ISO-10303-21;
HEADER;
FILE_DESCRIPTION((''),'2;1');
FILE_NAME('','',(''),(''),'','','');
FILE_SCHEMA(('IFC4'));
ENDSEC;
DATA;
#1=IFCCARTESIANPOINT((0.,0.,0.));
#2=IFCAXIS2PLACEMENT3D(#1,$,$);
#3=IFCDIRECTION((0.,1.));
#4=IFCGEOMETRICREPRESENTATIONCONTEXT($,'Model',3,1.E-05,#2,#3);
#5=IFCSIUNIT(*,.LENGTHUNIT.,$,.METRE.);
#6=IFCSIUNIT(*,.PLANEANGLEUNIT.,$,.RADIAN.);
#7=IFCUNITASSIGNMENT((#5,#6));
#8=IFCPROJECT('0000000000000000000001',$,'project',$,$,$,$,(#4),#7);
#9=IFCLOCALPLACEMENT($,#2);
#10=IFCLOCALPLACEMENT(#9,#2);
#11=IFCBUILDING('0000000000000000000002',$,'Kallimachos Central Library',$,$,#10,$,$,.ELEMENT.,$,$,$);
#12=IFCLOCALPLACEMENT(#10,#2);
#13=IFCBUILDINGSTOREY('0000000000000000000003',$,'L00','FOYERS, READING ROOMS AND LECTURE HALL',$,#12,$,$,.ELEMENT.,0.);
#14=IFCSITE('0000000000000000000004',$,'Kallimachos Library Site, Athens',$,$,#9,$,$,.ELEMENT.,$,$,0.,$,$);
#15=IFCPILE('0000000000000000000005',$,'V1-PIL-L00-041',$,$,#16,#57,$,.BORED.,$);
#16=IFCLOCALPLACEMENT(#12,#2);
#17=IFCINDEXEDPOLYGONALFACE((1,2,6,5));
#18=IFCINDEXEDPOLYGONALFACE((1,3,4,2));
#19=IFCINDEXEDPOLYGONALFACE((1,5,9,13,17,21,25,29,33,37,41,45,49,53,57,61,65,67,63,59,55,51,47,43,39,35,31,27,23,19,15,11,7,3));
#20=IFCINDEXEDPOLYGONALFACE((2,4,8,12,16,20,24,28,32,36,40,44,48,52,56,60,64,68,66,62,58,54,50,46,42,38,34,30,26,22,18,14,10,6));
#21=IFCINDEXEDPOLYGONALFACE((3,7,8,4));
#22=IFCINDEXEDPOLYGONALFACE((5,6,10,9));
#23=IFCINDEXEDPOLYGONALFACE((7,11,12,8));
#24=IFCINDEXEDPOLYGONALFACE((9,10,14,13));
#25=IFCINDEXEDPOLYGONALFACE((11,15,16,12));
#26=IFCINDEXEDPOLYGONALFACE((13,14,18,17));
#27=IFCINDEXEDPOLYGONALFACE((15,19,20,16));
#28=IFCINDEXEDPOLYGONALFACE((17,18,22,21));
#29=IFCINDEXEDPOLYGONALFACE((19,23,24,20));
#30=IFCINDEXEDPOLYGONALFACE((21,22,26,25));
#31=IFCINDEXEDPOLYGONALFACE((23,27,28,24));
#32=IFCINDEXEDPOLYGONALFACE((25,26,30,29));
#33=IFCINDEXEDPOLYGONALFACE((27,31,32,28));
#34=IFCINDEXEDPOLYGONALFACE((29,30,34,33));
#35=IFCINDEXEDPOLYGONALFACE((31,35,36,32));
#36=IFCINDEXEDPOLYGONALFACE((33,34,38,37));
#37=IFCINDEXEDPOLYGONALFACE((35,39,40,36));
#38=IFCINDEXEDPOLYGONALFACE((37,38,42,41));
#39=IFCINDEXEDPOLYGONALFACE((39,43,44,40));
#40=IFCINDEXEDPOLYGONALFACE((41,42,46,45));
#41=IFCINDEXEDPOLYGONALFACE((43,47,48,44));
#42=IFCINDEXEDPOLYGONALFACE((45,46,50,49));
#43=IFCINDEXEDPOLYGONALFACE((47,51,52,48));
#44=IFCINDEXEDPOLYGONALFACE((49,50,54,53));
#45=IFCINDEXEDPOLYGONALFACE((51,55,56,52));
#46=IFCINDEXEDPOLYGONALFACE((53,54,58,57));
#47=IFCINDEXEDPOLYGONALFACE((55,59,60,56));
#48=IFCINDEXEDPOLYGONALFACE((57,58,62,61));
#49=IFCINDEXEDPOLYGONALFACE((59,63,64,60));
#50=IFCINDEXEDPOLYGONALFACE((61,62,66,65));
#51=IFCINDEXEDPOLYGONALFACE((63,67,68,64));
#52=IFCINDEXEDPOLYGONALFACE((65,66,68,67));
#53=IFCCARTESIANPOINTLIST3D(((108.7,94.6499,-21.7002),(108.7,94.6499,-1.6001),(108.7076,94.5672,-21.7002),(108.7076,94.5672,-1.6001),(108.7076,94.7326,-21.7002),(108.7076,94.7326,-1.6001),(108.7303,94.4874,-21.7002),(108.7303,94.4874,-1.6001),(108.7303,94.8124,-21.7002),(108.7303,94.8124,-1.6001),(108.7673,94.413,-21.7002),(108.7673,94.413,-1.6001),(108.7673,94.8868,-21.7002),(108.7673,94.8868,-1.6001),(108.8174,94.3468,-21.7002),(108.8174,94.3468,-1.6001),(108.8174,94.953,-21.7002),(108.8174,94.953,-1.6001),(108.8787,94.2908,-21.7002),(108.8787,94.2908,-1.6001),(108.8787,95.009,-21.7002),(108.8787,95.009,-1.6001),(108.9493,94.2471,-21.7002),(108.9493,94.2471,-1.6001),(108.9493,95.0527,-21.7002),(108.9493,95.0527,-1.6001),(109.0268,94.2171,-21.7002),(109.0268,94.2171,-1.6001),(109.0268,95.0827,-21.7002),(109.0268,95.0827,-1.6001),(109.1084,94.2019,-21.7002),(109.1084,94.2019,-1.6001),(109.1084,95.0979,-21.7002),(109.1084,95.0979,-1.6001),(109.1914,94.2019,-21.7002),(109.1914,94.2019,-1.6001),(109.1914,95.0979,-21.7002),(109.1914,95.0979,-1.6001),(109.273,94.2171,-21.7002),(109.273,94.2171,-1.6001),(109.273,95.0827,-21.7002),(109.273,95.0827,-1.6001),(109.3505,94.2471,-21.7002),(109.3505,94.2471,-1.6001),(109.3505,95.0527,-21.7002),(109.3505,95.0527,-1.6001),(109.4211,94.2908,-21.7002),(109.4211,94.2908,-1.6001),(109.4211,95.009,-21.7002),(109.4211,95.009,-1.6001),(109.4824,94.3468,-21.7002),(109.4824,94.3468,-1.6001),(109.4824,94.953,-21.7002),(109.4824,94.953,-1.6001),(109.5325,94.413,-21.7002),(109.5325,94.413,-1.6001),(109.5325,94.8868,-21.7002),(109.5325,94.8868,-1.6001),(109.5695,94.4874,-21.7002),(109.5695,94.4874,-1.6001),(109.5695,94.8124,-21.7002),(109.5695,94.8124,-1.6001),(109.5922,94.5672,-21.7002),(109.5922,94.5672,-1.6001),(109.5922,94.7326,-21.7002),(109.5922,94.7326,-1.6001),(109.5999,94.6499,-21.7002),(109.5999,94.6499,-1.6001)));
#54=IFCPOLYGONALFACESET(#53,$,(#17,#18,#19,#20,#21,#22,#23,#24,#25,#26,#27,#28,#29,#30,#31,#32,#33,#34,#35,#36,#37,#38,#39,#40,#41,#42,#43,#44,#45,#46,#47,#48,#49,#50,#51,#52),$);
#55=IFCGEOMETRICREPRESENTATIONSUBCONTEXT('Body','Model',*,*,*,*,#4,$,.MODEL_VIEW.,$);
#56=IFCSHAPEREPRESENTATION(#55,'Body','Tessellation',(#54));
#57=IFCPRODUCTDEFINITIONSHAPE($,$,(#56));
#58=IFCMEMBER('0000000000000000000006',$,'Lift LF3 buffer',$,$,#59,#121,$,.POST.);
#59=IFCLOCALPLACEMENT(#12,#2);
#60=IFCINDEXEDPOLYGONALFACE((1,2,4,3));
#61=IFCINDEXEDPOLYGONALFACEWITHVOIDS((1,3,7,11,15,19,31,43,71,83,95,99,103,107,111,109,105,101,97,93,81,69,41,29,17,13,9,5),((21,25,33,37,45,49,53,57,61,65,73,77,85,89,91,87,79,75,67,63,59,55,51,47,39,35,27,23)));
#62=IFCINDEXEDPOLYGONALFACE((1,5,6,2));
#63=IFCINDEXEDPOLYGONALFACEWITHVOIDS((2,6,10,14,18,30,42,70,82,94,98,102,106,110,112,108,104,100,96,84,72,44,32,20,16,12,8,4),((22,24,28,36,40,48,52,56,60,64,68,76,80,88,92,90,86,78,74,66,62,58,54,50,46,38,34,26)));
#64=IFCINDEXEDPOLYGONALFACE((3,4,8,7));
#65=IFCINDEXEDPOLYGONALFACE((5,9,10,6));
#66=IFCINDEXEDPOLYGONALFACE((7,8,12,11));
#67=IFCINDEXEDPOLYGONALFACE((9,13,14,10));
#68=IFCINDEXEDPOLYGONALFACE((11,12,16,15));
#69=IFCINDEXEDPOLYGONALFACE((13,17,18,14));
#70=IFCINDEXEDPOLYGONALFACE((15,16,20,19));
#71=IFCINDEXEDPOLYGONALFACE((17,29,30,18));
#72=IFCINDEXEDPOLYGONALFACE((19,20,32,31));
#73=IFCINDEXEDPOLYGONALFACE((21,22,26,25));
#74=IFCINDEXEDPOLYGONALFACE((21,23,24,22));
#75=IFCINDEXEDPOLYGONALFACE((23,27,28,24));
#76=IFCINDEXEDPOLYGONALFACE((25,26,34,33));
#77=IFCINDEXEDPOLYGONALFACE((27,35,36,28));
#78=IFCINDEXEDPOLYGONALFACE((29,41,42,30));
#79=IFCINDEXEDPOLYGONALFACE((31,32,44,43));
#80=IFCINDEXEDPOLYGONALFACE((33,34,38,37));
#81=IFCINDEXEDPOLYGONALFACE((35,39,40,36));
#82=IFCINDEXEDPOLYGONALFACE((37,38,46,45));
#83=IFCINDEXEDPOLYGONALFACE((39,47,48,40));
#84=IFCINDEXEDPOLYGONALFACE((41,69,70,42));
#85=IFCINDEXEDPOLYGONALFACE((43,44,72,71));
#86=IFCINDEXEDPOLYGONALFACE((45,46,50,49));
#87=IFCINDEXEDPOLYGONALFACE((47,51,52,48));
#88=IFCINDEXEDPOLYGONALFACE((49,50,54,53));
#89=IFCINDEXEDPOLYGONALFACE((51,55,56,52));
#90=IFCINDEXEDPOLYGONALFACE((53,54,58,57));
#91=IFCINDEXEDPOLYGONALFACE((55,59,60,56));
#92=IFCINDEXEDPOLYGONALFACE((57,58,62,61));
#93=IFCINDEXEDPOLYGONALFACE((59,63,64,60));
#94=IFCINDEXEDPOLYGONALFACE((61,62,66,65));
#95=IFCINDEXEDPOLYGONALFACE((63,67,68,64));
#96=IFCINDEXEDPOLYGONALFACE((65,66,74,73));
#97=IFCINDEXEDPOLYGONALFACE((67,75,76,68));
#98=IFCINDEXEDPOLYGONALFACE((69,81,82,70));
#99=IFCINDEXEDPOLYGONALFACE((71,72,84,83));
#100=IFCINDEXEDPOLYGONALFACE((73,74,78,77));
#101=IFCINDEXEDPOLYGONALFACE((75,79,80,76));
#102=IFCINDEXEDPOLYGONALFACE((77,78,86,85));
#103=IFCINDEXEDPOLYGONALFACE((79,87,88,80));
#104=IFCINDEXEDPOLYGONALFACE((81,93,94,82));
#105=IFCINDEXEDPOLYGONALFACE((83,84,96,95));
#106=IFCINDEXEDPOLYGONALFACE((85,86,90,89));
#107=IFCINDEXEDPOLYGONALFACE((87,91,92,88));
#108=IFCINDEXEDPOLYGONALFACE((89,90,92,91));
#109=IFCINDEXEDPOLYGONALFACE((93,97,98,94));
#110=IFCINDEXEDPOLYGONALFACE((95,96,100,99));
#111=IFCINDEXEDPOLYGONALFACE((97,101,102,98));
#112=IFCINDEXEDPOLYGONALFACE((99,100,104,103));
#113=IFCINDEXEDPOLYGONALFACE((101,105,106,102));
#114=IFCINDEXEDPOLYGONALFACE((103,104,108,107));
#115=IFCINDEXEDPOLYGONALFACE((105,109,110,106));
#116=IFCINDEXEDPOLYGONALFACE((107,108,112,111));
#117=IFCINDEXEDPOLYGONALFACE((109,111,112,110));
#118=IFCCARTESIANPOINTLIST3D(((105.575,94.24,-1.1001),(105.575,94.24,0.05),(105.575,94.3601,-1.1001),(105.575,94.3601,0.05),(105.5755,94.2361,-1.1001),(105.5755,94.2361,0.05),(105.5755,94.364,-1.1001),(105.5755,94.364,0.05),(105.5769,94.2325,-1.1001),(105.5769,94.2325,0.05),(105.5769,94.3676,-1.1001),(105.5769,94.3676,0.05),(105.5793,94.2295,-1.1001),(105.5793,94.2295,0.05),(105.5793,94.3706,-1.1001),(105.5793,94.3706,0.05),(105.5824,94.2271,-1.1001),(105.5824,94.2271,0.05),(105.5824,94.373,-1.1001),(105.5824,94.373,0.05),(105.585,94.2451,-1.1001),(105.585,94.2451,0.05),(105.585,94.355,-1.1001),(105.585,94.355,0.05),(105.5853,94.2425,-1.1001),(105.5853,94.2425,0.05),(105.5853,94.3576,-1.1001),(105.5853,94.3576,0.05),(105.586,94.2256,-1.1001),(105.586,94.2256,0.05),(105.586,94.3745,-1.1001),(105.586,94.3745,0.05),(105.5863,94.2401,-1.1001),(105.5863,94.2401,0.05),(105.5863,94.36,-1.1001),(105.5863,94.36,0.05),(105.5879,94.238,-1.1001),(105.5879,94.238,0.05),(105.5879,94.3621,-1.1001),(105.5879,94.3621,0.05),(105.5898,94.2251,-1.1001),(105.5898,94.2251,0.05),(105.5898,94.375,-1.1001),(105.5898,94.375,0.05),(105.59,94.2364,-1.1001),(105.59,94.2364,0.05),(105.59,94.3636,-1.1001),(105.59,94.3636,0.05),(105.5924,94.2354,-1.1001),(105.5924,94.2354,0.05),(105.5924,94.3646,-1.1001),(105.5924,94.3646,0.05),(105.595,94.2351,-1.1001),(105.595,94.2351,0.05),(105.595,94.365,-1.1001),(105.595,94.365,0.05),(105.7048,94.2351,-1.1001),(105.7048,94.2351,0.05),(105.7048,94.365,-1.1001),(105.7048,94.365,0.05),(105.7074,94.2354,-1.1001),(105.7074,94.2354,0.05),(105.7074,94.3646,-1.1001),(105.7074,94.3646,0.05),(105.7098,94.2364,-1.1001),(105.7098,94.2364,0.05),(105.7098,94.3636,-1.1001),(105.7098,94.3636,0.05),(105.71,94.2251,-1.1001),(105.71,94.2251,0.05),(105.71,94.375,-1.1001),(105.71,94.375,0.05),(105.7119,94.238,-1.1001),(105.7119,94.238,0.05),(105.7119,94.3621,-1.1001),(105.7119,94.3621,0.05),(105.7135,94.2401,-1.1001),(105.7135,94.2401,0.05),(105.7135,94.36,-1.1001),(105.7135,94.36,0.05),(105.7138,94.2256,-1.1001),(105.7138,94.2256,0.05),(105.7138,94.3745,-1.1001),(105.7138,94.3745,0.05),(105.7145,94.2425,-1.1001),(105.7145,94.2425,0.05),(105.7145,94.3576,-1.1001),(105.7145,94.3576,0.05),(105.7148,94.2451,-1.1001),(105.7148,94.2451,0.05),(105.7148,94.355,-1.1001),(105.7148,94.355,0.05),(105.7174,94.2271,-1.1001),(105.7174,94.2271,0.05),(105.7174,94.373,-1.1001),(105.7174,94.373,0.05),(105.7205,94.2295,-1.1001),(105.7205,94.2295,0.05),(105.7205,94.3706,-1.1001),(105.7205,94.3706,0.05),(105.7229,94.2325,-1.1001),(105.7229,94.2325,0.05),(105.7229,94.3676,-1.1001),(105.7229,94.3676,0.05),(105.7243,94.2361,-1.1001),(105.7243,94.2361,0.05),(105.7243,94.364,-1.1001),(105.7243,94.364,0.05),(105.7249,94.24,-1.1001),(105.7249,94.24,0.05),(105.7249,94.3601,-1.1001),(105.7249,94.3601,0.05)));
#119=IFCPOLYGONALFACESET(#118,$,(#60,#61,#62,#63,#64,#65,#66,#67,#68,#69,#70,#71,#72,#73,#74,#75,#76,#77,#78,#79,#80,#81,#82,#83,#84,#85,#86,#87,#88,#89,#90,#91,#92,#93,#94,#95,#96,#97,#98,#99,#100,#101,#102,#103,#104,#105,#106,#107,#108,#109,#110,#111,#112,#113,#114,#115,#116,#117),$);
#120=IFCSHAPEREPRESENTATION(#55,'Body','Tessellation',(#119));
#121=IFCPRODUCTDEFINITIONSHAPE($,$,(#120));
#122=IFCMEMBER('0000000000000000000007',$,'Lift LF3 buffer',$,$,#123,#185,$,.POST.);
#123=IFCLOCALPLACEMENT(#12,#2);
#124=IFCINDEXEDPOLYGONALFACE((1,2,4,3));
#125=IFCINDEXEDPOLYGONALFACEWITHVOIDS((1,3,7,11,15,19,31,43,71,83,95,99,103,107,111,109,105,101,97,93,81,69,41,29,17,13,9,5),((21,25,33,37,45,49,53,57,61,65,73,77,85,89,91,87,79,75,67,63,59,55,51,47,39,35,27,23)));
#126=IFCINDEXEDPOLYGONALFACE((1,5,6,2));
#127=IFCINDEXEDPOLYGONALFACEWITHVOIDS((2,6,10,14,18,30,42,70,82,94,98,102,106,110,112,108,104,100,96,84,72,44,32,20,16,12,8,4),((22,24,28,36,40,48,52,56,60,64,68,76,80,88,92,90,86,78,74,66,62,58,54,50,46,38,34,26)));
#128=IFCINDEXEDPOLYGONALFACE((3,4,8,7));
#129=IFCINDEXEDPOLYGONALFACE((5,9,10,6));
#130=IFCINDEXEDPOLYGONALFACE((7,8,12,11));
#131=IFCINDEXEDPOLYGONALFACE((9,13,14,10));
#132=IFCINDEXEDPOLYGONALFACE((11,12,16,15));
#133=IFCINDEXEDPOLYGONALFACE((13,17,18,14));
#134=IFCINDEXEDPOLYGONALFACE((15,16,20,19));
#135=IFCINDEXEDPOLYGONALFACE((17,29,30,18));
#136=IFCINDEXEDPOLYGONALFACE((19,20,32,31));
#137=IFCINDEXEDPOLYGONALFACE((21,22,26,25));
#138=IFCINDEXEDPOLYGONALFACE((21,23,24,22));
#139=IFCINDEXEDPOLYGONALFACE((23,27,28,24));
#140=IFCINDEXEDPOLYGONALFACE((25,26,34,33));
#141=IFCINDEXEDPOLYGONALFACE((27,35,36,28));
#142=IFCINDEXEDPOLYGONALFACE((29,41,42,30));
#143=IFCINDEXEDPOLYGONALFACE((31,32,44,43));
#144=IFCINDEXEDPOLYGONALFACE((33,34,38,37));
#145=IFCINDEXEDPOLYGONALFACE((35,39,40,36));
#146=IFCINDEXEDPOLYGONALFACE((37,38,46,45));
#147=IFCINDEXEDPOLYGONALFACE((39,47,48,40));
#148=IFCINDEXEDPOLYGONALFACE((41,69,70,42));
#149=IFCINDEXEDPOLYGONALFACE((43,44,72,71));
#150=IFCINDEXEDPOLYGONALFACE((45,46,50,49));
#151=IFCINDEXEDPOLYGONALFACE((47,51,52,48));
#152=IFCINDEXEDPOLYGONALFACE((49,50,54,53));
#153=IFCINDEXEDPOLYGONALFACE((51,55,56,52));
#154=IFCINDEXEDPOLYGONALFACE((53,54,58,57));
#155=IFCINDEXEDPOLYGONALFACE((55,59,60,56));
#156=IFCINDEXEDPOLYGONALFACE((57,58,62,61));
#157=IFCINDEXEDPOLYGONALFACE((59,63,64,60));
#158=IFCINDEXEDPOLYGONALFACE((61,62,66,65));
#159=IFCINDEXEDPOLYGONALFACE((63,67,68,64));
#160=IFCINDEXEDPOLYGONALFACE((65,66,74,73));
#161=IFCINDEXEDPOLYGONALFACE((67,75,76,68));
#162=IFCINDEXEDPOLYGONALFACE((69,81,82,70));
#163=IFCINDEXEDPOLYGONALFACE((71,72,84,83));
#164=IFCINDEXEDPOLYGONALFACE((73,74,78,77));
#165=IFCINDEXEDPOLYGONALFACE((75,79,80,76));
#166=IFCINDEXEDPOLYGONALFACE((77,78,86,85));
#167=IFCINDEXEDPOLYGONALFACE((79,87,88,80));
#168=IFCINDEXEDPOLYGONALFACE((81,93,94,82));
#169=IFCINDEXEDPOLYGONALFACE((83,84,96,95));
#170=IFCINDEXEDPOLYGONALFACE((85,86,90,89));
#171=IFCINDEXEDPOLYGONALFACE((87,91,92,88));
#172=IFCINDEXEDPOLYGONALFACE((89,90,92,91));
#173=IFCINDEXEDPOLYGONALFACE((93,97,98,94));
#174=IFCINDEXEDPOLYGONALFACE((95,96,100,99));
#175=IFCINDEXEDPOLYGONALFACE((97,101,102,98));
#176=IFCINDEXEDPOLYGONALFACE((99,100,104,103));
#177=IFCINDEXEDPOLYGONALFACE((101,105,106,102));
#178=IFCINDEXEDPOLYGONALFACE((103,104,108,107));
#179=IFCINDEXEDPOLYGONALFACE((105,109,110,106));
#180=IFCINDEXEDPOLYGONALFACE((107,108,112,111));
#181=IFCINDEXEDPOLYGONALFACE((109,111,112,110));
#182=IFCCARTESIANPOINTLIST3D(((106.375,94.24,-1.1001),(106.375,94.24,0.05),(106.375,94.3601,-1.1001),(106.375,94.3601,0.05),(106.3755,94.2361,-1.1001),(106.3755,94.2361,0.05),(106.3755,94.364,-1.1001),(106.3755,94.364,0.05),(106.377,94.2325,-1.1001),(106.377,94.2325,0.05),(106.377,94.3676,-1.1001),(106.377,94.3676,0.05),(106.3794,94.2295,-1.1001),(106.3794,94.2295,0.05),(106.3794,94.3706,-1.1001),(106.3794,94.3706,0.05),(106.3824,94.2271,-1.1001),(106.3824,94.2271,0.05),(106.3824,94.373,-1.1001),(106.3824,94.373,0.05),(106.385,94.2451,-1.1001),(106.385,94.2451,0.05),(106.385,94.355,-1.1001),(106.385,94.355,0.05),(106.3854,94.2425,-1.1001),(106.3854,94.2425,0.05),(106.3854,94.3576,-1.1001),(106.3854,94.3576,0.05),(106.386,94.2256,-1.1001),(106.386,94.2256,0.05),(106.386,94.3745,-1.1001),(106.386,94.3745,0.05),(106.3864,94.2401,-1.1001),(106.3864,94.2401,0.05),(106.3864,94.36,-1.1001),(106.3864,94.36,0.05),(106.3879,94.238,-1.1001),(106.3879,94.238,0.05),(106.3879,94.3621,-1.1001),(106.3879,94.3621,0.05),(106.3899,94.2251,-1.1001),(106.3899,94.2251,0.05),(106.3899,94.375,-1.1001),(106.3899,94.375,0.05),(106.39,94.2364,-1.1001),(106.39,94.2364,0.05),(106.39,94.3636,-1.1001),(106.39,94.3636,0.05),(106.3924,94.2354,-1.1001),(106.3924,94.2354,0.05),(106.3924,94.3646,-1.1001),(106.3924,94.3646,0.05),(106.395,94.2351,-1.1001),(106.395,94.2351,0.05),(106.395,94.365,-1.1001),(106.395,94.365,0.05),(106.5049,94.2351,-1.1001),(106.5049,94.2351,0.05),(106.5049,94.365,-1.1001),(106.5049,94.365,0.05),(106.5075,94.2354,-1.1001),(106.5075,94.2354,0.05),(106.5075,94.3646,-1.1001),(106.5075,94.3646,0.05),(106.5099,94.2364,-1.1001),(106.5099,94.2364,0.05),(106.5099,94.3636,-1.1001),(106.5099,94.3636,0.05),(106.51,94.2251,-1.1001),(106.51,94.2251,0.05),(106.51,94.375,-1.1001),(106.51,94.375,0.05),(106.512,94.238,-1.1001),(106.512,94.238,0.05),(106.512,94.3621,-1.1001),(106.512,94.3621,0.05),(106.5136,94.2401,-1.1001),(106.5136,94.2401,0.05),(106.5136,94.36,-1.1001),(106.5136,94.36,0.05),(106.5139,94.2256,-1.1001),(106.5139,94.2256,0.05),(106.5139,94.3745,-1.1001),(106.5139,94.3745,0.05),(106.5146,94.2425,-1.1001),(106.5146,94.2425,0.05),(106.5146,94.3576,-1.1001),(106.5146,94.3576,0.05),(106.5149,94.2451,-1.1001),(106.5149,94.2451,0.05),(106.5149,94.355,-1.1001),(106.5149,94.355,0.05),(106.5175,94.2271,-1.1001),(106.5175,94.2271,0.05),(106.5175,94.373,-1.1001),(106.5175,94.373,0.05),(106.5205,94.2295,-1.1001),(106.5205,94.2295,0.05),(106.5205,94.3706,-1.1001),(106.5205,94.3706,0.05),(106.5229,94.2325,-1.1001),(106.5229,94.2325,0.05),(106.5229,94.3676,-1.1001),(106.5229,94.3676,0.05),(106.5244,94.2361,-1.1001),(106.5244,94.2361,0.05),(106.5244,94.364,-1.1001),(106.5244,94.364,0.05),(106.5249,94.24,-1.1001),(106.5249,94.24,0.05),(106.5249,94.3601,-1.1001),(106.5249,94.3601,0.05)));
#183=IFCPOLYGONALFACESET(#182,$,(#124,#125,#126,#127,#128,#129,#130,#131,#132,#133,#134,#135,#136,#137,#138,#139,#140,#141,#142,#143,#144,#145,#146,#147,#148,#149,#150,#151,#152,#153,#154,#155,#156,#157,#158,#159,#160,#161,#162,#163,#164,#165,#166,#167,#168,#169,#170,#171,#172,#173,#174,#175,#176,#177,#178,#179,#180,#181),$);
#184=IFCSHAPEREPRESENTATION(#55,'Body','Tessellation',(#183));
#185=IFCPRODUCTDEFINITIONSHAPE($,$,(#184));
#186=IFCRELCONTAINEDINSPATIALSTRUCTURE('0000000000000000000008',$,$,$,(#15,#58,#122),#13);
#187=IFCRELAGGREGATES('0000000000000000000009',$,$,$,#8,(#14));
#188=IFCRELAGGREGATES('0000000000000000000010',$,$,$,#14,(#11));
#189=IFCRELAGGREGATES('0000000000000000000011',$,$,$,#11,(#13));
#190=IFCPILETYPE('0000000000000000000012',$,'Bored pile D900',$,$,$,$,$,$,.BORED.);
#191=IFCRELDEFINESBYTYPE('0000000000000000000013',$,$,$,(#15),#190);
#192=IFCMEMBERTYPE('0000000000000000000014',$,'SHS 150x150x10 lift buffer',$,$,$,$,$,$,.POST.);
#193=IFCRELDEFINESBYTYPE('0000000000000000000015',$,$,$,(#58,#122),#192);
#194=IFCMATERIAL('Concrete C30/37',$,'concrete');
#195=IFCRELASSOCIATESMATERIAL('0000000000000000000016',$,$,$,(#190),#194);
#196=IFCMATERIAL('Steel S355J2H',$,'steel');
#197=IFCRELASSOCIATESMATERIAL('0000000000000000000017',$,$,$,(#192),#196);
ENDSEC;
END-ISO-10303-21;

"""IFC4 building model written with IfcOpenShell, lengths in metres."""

from ifc_helpers import new_model, si_unit, direction, frame, origin, origin_2d, place, context, subcontext, project, spatial, hollow_rectangle, circle, extrude, material, material_profile, profile_set, type_object, element, save


model = new_model("IFC4")

# Units and contexts
model_context = context("Model", 3, precision=1e-05, world=origin(), true_north=direction((0.0, 1.0)))
body_context = subcontext(model_context, "Body", "Model", "MODEL_VIEW")
ifc_project = project(units=[si_unit("LENGTHUNIT", "METRE"), si_unit("PLANEANGLEUNIT", "RADIAN")], contexts=[model_context])

# Site, building, storey
site_placement = place(None, origin())
site = spatial("IfcSite", under=ifc_project, at=site_placement, Name="Kallimachos Library Site, Athens", CompositionType="ELEMENT", RefElevation=0.0)
building_placement = place(site_placement, origin())
building = spatial("IfcBuilding", under=site, at=building_placement, Name="Kallimachos Central Library", CompositionType="ELEMENT")
storey_placement = place(building_placement, origin())
storey = spatial("IfcBuildingStorey", under=building, at=storey_placement, Name="L00", Description="FOYERS, READING ROOMS AND LECTURE HALL", CompositionType="ELEMENT", Elevation=0.0)

# Pile
ifc_material_1 = material(Name="Concrete C30/37", Category="concrete")
pile_type = type_object("IfcPileType", Name="Bored pile D900", PredefinedType="BORED", material=ifc_material_1)
pile_placement = place(storey_placement, frame((109.1499, 94.6499, -1.6001), z_axis=(0.0, 0.0, -1.0), x_axis=(1.0, 0.0, 0.0)))
element("IfcPile", 1, at=pile_placement, inside=storey, type_object=pile_type, Name="V1-PIL-L00-041", PredefinedType="BORED", context=body_context, shape_type="SweptSolid", body=[
    extrude(circle(Radius=0.45, at=origin_2d()), origin(), (0.0, 0.0, 1.0), 20.1001),
])

# Members
ifc_material_2 = material(Name="Steel S355J2H", Category="steel")
ifc_material_profile_1 = material_profile(ifc_material_2, hollow_rectangle(XDim=0.1499, YDim=0.1499, WallThickness=0.01, InnerFilletRadius=0.01, OuterFilletRadius=0.0149, at=origin_2d()), Name="SHS 150x150x10")
ifc_profile_set_1 = profile_set([ifc_material_profile_1], Name="Steel S355J2H")
member_type = type_object("IfcMemberType", Name="SHS 150x150x10 lift buffer", PredefinedType="POST", material=ifc_profile_set_1)
for number, where, z_axis, x_axis, name in (
    (2, (105.6499, 94.3, -1.1001), (0.0, 0.0, 1.0), (1.0, 0.0, 0.0), "Lift LF3 buffer"),
    (3, (106.45, 94.3, -1.1001), (0.0, 0.0, 1.0), (1.0, 0.0, 0.0), "Lift LF3 buffer"),
):
    element("IfcMember", number, at=place(storey_placement, frame(where, z_axis=z_axis, x_axis=x_axis)), inside=storey, type_object=member_type, Name=name, PredefinedType="POST", context=body_context, shape_type="SweptSolid", body=[
        extrude(hollow_rectangle(XDim=0.1499, YDim=0.1499, WallThickness=0.01, InnerFilletRadius=0.01, OuterFilletRadius=0.0149, at=origin_2d()), origin(), (0.0, 0.0, 1.0), 1.1501),
    ])

save(model, "model.ifc")
